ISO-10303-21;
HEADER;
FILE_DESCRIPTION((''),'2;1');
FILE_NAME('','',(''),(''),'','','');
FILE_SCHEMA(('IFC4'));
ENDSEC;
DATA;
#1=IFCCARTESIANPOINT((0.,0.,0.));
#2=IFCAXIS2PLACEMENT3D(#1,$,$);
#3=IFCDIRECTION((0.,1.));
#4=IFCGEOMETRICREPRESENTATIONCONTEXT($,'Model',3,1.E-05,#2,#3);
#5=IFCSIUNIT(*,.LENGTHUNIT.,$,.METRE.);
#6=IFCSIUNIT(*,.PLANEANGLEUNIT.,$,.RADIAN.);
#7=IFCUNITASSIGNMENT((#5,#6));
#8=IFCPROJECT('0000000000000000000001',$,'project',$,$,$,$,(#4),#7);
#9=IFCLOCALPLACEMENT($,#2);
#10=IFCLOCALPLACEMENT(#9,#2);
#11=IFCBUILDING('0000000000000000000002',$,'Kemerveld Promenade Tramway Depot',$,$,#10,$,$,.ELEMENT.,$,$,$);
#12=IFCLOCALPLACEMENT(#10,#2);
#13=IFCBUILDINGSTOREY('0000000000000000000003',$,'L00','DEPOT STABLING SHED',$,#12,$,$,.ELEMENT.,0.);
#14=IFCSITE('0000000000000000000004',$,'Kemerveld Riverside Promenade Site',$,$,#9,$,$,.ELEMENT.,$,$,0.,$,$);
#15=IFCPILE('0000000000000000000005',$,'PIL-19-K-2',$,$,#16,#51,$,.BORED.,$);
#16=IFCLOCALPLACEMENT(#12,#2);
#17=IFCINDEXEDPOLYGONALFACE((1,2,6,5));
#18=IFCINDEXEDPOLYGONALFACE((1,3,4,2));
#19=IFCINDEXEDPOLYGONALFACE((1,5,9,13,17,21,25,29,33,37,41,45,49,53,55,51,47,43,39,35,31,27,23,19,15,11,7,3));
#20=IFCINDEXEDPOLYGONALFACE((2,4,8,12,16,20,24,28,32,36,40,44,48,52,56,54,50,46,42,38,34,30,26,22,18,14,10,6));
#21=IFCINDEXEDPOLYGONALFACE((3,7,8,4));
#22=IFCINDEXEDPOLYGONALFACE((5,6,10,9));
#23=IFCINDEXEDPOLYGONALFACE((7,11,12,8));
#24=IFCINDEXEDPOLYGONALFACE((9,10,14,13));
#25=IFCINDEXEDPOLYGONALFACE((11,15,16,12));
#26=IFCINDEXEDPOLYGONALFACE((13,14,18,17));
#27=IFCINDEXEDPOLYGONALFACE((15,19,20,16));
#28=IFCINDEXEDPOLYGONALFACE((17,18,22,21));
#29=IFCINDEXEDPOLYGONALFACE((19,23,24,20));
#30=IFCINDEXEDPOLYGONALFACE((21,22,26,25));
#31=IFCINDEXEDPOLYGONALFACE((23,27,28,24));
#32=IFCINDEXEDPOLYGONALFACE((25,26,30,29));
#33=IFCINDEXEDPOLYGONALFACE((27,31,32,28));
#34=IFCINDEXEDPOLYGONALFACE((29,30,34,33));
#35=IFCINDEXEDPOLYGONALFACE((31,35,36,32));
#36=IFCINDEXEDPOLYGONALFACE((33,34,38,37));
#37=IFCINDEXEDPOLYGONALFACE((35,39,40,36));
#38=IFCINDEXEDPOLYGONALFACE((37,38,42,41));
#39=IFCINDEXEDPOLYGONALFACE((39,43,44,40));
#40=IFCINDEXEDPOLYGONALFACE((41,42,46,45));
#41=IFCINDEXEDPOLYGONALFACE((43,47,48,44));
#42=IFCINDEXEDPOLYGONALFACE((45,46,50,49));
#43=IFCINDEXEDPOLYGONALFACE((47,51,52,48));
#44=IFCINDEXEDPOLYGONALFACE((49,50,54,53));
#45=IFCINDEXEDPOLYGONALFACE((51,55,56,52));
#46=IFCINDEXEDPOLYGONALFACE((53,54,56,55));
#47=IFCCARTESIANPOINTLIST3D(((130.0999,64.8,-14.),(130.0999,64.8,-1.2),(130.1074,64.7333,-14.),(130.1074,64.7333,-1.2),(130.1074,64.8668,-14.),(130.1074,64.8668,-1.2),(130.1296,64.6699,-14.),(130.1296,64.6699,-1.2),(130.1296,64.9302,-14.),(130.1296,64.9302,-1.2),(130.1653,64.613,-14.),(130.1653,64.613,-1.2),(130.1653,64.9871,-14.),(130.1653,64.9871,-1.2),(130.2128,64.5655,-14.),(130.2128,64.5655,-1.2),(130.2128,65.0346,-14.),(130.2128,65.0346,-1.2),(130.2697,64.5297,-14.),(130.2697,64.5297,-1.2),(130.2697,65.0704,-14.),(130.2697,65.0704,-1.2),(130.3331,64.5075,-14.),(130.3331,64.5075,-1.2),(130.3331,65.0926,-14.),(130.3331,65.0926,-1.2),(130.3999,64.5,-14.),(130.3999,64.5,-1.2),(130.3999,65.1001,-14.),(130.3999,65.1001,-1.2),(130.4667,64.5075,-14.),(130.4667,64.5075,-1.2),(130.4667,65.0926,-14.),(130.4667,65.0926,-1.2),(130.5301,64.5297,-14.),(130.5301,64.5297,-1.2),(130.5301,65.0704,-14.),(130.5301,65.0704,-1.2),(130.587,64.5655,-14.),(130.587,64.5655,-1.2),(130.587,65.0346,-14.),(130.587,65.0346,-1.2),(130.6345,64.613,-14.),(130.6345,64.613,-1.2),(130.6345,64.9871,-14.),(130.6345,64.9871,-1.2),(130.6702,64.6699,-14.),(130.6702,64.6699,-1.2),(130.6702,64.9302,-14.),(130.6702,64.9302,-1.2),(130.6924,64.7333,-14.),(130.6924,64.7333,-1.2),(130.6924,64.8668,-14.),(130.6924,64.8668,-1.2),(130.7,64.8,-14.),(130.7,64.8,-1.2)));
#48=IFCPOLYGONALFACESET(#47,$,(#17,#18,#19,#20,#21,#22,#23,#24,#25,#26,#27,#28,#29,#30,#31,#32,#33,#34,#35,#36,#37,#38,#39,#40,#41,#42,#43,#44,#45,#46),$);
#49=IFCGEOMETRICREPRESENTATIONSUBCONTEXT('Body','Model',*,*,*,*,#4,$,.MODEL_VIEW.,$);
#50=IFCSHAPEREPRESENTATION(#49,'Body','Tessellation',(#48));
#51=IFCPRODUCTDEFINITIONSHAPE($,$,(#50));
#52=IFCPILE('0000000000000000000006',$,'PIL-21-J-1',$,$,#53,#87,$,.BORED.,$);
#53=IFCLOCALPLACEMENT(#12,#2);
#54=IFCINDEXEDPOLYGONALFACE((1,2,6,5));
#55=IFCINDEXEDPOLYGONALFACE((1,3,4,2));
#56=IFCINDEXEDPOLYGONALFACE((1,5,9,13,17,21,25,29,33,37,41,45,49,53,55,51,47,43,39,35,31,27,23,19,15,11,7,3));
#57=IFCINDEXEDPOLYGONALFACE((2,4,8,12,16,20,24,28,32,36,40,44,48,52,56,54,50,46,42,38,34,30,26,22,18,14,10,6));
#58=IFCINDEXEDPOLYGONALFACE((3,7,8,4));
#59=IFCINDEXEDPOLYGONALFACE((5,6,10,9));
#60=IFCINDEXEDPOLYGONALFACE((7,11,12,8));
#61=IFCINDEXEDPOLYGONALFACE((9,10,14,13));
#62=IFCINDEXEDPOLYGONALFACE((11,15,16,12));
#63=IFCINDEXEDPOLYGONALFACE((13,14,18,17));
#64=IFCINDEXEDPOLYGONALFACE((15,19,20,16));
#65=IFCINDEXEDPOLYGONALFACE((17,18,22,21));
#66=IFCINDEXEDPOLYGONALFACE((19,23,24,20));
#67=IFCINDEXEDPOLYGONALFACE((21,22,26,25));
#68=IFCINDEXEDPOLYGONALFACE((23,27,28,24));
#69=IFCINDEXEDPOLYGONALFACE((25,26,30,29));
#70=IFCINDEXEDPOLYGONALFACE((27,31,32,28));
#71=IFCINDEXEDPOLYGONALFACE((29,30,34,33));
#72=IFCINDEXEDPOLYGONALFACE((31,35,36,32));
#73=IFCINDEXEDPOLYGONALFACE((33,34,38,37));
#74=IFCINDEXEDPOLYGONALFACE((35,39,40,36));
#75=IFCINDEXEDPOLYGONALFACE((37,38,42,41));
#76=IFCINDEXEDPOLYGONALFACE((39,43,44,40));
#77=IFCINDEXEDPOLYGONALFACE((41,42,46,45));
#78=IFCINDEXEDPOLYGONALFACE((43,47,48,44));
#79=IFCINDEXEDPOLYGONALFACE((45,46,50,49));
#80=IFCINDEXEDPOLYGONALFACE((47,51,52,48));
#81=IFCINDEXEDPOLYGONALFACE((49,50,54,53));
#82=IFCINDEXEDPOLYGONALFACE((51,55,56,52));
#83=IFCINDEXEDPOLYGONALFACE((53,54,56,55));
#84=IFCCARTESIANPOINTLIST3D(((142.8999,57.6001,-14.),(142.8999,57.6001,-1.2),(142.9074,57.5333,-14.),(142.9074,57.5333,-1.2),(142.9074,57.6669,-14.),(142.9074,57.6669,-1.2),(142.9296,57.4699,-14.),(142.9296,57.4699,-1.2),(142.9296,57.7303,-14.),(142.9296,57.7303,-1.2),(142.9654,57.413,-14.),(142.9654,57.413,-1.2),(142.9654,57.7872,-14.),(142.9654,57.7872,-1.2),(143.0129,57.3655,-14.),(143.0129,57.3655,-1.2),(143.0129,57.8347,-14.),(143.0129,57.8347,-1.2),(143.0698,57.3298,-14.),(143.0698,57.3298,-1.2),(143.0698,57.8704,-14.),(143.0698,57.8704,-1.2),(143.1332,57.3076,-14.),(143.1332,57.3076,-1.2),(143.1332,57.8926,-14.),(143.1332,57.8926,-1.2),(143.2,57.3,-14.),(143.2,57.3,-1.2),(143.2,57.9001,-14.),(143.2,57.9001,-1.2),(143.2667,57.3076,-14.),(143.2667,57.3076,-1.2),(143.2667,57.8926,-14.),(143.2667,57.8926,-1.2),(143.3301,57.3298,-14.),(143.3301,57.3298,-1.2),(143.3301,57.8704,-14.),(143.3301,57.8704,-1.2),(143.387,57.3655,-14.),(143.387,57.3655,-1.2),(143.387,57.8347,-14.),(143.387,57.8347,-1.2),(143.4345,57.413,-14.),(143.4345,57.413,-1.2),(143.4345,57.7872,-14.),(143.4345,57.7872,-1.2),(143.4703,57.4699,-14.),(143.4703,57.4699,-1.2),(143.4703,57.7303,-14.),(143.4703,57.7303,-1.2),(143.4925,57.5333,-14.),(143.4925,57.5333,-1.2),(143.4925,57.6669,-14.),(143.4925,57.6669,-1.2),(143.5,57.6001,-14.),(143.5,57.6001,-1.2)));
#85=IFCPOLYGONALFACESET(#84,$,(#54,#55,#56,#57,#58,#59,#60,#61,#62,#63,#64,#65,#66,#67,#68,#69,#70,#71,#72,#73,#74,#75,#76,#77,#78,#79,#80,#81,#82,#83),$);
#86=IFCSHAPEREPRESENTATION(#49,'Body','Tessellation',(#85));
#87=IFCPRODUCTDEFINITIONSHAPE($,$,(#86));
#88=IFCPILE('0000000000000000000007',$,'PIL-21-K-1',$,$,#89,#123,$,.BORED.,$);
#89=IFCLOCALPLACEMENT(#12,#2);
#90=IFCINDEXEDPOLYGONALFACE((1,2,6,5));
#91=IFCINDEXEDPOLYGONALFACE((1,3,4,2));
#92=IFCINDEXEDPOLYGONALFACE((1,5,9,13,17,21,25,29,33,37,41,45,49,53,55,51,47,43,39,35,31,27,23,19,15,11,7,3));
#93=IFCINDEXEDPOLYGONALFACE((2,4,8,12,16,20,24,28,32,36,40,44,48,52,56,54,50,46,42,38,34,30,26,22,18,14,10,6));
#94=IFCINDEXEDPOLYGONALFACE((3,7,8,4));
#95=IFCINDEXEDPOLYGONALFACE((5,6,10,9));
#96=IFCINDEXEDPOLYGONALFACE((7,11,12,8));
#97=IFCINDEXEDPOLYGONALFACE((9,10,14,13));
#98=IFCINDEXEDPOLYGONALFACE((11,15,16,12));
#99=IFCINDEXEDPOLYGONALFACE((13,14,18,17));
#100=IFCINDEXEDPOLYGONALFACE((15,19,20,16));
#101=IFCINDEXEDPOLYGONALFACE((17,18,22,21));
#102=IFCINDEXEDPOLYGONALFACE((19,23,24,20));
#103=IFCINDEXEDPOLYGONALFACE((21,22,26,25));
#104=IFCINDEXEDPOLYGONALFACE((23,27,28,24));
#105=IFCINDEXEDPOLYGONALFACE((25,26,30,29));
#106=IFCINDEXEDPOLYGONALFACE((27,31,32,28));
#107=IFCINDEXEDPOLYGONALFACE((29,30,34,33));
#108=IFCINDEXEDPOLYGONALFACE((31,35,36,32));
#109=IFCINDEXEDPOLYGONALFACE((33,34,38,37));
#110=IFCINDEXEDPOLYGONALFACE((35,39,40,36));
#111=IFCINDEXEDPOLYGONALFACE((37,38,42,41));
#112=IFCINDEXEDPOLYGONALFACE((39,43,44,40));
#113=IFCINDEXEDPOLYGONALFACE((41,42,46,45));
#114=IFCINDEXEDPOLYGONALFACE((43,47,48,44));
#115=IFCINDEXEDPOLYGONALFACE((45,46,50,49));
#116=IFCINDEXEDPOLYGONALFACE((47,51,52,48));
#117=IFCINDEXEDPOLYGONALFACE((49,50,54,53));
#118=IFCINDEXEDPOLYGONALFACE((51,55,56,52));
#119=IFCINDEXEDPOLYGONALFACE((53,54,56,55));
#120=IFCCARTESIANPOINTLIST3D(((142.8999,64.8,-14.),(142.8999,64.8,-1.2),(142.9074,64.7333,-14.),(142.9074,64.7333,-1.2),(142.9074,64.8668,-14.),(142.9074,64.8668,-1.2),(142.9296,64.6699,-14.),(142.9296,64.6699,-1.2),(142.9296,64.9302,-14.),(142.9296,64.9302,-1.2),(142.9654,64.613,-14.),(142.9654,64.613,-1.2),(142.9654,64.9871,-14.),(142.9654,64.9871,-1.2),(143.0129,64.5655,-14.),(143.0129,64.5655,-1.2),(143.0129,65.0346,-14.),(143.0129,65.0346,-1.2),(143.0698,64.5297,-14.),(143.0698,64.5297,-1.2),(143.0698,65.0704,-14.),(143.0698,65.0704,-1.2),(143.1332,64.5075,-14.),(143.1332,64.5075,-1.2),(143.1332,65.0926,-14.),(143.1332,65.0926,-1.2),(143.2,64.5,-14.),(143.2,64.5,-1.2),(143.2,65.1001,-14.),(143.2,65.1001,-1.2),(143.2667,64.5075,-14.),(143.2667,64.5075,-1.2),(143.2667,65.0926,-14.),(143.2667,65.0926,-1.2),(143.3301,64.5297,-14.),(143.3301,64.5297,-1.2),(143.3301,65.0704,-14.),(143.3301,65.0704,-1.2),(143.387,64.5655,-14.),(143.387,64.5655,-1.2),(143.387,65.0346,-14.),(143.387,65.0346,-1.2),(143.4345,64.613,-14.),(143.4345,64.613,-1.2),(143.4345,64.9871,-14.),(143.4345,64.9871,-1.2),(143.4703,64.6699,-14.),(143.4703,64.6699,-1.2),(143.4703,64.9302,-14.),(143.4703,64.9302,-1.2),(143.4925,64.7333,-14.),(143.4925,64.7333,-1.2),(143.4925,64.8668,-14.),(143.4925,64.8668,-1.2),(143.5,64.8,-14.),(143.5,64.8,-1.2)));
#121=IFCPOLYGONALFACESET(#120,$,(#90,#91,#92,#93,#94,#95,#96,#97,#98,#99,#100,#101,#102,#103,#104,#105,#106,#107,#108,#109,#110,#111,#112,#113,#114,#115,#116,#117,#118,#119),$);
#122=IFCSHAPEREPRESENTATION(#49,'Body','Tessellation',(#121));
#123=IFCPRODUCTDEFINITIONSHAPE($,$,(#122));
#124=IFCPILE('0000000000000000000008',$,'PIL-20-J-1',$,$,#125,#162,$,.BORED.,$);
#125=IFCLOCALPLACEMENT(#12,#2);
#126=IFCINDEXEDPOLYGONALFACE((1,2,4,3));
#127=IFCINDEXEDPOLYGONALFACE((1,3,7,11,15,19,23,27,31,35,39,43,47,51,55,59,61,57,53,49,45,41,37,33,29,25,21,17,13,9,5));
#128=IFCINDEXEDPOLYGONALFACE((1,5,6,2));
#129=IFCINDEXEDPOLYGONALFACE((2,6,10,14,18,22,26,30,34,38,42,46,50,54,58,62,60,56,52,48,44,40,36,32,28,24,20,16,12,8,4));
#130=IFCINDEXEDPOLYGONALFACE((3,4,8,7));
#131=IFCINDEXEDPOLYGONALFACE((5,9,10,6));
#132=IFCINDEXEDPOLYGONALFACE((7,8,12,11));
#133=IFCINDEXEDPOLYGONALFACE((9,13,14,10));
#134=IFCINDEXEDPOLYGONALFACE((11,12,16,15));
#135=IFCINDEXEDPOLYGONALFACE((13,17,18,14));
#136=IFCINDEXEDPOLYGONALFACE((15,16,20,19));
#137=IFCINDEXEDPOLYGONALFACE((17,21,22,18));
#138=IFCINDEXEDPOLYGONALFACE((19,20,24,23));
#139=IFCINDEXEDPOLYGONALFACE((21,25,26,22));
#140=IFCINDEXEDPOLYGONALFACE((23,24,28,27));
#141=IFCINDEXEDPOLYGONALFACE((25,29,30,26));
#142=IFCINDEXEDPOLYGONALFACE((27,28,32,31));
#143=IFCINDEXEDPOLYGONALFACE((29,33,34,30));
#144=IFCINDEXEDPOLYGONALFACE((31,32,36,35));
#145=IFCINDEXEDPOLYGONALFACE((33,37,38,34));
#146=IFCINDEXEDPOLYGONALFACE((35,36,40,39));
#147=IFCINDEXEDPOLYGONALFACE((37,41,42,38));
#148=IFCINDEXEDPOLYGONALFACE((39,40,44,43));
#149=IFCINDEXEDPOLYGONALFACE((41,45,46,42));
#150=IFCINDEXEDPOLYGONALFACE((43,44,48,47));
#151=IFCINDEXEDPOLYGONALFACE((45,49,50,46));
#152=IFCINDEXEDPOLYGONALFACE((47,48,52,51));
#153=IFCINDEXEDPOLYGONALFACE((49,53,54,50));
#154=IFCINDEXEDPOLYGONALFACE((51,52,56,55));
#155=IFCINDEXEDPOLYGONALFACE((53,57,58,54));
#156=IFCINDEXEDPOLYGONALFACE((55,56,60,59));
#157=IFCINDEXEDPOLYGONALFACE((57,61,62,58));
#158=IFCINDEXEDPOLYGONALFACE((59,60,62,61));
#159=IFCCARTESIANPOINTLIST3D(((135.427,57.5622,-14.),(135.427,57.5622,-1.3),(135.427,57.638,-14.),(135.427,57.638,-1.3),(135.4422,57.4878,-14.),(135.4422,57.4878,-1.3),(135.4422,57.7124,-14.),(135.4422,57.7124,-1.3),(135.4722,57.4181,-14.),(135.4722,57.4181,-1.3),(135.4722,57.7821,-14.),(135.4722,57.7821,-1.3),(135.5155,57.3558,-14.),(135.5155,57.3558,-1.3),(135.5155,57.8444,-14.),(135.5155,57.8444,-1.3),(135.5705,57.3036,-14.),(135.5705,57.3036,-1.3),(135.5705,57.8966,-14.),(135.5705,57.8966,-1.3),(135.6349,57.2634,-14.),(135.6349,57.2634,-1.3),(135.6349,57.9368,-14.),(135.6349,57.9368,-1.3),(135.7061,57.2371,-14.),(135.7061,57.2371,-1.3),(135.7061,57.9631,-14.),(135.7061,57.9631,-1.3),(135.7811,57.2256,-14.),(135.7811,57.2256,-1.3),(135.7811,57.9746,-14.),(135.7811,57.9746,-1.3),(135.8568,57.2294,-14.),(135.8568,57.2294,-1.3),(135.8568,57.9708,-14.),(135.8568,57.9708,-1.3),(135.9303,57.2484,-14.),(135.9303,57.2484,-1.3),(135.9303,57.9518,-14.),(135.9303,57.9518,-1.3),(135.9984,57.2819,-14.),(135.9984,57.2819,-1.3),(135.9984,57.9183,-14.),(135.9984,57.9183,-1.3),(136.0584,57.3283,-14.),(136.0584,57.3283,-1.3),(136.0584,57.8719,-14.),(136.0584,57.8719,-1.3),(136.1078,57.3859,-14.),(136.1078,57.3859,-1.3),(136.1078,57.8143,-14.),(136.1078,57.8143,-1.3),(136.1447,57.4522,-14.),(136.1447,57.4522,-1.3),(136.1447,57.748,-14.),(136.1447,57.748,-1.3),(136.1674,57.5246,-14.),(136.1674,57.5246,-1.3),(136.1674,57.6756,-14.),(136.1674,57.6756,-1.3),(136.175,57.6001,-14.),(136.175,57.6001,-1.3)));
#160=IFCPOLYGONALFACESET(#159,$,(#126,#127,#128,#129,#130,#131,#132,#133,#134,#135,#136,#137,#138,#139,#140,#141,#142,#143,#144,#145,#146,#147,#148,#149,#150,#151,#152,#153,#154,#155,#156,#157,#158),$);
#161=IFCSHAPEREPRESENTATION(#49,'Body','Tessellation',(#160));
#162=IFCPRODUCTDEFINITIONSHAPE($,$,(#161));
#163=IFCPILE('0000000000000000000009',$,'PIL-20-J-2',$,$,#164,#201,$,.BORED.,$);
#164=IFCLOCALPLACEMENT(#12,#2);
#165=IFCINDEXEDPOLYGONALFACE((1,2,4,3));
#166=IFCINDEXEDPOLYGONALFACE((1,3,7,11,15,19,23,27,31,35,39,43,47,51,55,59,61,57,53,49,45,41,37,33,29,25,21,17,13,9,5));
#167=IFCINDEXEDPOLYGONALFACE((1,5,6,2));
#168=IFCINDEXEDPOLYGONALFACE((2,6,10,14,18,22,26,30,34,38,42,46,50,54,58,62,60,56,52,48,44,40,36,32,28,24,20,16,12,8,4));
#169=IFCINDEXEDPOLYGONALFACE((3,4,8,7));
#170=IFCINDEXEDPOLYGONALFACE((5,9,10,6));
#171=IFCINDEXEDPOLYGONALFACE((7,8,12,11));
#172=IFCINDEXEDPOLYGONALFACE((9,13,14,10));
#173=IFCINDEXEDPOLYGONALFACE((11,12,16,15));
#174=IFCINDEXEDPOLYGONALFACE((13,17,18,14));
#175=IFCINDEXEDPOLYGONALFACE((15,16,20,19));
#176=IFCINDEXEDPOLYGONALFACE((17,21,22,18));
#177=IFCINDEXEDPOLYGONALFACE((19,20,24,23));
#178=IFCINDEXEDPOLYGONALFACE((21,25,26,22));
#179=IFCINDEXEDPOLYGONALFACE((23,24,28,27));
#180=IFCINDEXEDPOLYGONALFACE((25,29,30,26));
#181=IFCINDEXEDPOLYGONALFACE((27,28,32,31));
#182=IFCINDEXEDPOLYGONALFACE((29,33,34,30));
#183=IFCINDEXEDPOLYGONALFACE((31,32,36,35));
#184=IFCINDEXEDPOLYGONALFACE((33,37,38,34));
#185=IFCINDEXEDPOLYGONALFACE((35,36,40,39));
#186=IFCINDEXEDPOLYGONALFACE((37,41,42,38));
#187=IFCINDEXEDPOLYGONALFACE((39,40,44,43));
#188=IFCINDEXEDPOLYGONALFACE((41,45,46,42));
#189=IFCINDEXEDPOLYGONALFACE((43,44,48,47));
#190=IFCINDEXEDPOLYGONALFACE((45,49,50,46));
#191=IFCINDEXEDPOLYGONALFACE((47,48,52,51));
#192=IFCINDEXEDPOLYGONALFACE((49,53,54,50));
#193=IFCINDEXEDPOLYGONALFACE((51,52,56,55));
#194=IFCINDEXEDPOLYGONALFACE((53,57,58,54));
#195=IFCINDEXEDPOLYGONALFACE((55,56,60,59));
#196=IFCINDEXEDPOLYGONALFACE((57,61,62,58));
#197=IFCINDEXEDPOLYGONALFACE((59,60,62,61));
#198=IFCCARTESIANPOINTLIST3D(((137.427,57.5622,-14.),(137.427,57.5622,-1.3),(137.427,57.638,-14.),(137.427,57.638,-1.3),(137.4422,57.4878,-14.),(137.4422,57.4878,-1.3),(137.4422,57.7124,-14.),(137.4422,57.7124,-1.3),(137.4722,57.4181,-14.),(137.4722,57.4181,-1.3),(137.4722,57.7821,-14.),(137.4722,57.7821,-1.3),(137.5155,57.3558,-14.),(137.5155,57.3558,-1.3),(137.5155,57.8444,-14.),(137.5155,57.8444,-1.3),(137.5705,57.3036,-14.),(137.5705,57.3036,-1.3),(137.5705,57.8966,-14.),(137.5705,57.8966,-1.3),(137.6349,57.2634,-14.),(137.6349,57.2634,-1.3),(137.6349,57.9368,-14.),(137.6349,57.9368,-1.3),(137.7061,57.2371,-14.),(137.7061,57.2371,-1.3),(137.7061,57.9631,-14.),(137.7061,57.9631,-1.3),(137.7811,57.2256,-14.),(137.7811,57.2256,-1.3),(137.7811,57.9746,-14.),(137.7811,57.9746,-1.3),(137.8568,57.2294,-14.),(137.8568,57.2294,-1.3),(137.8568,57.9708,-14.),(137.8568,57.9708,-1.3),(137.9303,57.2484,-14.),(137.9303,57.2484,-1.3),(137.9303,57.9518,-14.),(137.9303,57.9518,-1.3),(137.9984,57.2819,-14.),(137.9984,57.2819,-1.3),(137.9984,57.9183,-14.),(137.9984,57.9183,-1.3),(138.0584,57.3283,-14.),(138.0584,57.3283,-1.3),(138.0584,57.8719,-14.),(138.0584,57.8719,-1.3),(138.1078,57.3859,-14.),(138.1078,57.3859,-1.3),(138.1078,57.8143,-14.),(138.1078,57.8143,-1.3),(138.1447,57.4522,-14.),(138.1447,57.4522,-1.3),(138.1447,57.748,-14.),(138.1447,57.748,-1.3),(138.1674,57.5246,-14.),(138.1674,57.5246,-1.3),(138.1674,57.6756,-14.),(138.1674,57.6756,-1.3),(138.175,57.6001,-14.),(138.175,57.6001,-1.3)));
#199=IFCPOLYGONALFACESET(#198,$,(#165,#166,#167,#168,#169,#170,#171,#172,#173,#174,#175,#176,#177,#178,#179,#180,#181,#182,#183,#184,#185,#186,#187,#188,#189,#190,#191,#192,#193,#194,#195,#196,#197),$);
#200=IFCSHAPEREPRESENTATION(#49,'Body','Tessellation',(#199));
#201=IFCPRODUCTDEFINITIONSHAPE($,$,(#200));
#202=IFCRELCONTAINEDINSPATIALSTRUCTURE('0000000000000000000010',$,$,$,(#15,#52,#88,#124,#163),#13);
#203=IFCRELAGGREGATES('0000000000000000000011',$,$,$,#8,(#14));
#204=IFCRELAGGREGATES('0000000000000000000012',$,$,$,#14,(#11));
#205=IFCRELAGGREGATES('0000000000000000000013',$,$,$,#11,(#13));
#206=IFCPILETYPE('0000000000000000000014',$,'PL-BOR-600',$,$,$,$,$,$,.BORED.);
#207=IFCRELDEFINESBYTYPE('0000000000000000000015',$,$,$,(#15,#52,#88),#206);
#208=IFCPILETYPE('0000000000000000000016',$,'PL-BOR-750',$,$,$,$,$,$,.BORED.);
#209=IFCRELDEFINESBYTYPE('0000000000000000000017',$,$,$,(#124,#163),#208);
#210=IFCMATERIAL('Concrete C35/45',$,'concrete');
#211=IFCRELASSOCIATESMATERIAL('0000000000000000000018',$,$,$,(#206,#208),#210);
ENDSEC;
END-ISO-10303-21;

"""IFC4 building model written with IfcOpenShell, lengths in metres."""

from ifc_helpers import new_model, si_unit, direction, frame, origin, origin_2d, place, context, subcontext, project, spatial, circle, extrude, material, material_profile, profile_set, type_object, element, save


model = new_model("IFC4")

# Units and contexts
model_context = context("Model", 3, precision=1e-05, world=origin(), true_north=direction((0.0, 1.0)))
body_context = subcontext(model_context, "Body", "Model", "MODEL_VIEW")
ifc_project = project(units=[si_unit("LENGTHUNIT", "METRE"), si_unit("PLANEANGLEUNIT", "RADIAN")], contexts=[model_context])

# Site, building, storey
site_placement = place(None, origin())
site = spatial("IfcSite", under=ifc_project, at=site_placement, Name="Kemerveld Riverside Promenade Site", CompositionType="ELEMENT", RefElevation=0.0)
building_placement = place(site_placement, origin())
building = spatial("IfcBuilding", under=site, at=building_placement, Name="Kemerveld Promenade Tramway Depot", CompositionType="ELEMENT")
storey_placement = place(building_placement, origin())
storey = spatial("IfcBuildingStorey", under=building, at=storey_placement, Name="L00", Description="DEPOT STABLING SHED", CompositionType="ELEMENT", Elevation=0.0)

# Shared definitions
ifc_material_1 = material(Name="Concrete C35/45", Category="concrete")

# Piles
ifc_material_profile_1 = material_profile(ifc_material_1, circle(Radius=0.3, at=origin_2d()), Name="PILE-D600")
ifc_profile_set_1 = profile_set([ifc_material_profile_1], Name="Concrete C35/45")
pile_type_1 = type_object("IfcPileType", Name="PL-BOR-600", PredefinedType="BORED", material=ifc_profile_set_1)
for number, where, z_axis, x_axis, name in (
    (1, (130.3999, 64.8, -1.2), (0.0, 0.0, -1.0), (1.0, 0.0, 0.0), "PIL-19-K-2"),
    (2, (143.2, 57.6001, -1.2), (0.0, 0.0, -1.0), (1.0, 0.0, 0.0), "PIL-21-J-1"),
    (3, (143.2, 64.8, -1.2), (0.0, 0.0, -1.0), (1.0, 0.0, 0.0), "PIL-21-K-1"),
):
    element("IfcPile", number, at=place(storey_placement, frame(where, z_axis=z_axis, x_axis=x_axis)), inside=storey, type_object=pile_type_1, Name=name, PredefinedType="BORED", context=body_context, shape_type="SweptSolid", body=[
        extrude(circle(Radius=0.3, at=origin_2d()), origin(), (0.0, 0.0, 1.0), 12.8),
    ])
ifc_material_profile_2 = material_profile(ifc_material_1, circle(Radius=0.375, at=origin_2d()), Name="PILE-D750")
ifc_profile_set_2 = profile_set([ifc_material_profile_2], Name="Concrete C35/45")
pile_type_2 = type_object("IfcPileType", Name="PL-BOR-750", PredefinedType="BORED", material=ifc_profile_set_2)
for number, where, z_axis, x_axis, name in (
    (4, (135.8, 57.6001, -1.3), (0.0, 0.0, -1.0), (1.0, 0.0, 0.0), "PIL-20-J-1"),
    (5, (137.8, 57.6001, -1.3), (0.0, 0.0, -1.0), (1.0, 0.0, 0.0), "PIL-20-J-2"),
):
    element("IfcPile", number, at=place(storey_placement, frame(where, z_axis=z_axis, x_axis=x_axis)), inside=storey, type_object=pile_type_2, Name=name, PredefinedType="BORED", context=body_context, shape_type="SweptSolid", body=[
        extrude(circle(Radius=0.375, at=origin_2d()), origin(), (0.0, 0.0, 1.0), 12.7),
    ])

save(model, "model.ifc")
